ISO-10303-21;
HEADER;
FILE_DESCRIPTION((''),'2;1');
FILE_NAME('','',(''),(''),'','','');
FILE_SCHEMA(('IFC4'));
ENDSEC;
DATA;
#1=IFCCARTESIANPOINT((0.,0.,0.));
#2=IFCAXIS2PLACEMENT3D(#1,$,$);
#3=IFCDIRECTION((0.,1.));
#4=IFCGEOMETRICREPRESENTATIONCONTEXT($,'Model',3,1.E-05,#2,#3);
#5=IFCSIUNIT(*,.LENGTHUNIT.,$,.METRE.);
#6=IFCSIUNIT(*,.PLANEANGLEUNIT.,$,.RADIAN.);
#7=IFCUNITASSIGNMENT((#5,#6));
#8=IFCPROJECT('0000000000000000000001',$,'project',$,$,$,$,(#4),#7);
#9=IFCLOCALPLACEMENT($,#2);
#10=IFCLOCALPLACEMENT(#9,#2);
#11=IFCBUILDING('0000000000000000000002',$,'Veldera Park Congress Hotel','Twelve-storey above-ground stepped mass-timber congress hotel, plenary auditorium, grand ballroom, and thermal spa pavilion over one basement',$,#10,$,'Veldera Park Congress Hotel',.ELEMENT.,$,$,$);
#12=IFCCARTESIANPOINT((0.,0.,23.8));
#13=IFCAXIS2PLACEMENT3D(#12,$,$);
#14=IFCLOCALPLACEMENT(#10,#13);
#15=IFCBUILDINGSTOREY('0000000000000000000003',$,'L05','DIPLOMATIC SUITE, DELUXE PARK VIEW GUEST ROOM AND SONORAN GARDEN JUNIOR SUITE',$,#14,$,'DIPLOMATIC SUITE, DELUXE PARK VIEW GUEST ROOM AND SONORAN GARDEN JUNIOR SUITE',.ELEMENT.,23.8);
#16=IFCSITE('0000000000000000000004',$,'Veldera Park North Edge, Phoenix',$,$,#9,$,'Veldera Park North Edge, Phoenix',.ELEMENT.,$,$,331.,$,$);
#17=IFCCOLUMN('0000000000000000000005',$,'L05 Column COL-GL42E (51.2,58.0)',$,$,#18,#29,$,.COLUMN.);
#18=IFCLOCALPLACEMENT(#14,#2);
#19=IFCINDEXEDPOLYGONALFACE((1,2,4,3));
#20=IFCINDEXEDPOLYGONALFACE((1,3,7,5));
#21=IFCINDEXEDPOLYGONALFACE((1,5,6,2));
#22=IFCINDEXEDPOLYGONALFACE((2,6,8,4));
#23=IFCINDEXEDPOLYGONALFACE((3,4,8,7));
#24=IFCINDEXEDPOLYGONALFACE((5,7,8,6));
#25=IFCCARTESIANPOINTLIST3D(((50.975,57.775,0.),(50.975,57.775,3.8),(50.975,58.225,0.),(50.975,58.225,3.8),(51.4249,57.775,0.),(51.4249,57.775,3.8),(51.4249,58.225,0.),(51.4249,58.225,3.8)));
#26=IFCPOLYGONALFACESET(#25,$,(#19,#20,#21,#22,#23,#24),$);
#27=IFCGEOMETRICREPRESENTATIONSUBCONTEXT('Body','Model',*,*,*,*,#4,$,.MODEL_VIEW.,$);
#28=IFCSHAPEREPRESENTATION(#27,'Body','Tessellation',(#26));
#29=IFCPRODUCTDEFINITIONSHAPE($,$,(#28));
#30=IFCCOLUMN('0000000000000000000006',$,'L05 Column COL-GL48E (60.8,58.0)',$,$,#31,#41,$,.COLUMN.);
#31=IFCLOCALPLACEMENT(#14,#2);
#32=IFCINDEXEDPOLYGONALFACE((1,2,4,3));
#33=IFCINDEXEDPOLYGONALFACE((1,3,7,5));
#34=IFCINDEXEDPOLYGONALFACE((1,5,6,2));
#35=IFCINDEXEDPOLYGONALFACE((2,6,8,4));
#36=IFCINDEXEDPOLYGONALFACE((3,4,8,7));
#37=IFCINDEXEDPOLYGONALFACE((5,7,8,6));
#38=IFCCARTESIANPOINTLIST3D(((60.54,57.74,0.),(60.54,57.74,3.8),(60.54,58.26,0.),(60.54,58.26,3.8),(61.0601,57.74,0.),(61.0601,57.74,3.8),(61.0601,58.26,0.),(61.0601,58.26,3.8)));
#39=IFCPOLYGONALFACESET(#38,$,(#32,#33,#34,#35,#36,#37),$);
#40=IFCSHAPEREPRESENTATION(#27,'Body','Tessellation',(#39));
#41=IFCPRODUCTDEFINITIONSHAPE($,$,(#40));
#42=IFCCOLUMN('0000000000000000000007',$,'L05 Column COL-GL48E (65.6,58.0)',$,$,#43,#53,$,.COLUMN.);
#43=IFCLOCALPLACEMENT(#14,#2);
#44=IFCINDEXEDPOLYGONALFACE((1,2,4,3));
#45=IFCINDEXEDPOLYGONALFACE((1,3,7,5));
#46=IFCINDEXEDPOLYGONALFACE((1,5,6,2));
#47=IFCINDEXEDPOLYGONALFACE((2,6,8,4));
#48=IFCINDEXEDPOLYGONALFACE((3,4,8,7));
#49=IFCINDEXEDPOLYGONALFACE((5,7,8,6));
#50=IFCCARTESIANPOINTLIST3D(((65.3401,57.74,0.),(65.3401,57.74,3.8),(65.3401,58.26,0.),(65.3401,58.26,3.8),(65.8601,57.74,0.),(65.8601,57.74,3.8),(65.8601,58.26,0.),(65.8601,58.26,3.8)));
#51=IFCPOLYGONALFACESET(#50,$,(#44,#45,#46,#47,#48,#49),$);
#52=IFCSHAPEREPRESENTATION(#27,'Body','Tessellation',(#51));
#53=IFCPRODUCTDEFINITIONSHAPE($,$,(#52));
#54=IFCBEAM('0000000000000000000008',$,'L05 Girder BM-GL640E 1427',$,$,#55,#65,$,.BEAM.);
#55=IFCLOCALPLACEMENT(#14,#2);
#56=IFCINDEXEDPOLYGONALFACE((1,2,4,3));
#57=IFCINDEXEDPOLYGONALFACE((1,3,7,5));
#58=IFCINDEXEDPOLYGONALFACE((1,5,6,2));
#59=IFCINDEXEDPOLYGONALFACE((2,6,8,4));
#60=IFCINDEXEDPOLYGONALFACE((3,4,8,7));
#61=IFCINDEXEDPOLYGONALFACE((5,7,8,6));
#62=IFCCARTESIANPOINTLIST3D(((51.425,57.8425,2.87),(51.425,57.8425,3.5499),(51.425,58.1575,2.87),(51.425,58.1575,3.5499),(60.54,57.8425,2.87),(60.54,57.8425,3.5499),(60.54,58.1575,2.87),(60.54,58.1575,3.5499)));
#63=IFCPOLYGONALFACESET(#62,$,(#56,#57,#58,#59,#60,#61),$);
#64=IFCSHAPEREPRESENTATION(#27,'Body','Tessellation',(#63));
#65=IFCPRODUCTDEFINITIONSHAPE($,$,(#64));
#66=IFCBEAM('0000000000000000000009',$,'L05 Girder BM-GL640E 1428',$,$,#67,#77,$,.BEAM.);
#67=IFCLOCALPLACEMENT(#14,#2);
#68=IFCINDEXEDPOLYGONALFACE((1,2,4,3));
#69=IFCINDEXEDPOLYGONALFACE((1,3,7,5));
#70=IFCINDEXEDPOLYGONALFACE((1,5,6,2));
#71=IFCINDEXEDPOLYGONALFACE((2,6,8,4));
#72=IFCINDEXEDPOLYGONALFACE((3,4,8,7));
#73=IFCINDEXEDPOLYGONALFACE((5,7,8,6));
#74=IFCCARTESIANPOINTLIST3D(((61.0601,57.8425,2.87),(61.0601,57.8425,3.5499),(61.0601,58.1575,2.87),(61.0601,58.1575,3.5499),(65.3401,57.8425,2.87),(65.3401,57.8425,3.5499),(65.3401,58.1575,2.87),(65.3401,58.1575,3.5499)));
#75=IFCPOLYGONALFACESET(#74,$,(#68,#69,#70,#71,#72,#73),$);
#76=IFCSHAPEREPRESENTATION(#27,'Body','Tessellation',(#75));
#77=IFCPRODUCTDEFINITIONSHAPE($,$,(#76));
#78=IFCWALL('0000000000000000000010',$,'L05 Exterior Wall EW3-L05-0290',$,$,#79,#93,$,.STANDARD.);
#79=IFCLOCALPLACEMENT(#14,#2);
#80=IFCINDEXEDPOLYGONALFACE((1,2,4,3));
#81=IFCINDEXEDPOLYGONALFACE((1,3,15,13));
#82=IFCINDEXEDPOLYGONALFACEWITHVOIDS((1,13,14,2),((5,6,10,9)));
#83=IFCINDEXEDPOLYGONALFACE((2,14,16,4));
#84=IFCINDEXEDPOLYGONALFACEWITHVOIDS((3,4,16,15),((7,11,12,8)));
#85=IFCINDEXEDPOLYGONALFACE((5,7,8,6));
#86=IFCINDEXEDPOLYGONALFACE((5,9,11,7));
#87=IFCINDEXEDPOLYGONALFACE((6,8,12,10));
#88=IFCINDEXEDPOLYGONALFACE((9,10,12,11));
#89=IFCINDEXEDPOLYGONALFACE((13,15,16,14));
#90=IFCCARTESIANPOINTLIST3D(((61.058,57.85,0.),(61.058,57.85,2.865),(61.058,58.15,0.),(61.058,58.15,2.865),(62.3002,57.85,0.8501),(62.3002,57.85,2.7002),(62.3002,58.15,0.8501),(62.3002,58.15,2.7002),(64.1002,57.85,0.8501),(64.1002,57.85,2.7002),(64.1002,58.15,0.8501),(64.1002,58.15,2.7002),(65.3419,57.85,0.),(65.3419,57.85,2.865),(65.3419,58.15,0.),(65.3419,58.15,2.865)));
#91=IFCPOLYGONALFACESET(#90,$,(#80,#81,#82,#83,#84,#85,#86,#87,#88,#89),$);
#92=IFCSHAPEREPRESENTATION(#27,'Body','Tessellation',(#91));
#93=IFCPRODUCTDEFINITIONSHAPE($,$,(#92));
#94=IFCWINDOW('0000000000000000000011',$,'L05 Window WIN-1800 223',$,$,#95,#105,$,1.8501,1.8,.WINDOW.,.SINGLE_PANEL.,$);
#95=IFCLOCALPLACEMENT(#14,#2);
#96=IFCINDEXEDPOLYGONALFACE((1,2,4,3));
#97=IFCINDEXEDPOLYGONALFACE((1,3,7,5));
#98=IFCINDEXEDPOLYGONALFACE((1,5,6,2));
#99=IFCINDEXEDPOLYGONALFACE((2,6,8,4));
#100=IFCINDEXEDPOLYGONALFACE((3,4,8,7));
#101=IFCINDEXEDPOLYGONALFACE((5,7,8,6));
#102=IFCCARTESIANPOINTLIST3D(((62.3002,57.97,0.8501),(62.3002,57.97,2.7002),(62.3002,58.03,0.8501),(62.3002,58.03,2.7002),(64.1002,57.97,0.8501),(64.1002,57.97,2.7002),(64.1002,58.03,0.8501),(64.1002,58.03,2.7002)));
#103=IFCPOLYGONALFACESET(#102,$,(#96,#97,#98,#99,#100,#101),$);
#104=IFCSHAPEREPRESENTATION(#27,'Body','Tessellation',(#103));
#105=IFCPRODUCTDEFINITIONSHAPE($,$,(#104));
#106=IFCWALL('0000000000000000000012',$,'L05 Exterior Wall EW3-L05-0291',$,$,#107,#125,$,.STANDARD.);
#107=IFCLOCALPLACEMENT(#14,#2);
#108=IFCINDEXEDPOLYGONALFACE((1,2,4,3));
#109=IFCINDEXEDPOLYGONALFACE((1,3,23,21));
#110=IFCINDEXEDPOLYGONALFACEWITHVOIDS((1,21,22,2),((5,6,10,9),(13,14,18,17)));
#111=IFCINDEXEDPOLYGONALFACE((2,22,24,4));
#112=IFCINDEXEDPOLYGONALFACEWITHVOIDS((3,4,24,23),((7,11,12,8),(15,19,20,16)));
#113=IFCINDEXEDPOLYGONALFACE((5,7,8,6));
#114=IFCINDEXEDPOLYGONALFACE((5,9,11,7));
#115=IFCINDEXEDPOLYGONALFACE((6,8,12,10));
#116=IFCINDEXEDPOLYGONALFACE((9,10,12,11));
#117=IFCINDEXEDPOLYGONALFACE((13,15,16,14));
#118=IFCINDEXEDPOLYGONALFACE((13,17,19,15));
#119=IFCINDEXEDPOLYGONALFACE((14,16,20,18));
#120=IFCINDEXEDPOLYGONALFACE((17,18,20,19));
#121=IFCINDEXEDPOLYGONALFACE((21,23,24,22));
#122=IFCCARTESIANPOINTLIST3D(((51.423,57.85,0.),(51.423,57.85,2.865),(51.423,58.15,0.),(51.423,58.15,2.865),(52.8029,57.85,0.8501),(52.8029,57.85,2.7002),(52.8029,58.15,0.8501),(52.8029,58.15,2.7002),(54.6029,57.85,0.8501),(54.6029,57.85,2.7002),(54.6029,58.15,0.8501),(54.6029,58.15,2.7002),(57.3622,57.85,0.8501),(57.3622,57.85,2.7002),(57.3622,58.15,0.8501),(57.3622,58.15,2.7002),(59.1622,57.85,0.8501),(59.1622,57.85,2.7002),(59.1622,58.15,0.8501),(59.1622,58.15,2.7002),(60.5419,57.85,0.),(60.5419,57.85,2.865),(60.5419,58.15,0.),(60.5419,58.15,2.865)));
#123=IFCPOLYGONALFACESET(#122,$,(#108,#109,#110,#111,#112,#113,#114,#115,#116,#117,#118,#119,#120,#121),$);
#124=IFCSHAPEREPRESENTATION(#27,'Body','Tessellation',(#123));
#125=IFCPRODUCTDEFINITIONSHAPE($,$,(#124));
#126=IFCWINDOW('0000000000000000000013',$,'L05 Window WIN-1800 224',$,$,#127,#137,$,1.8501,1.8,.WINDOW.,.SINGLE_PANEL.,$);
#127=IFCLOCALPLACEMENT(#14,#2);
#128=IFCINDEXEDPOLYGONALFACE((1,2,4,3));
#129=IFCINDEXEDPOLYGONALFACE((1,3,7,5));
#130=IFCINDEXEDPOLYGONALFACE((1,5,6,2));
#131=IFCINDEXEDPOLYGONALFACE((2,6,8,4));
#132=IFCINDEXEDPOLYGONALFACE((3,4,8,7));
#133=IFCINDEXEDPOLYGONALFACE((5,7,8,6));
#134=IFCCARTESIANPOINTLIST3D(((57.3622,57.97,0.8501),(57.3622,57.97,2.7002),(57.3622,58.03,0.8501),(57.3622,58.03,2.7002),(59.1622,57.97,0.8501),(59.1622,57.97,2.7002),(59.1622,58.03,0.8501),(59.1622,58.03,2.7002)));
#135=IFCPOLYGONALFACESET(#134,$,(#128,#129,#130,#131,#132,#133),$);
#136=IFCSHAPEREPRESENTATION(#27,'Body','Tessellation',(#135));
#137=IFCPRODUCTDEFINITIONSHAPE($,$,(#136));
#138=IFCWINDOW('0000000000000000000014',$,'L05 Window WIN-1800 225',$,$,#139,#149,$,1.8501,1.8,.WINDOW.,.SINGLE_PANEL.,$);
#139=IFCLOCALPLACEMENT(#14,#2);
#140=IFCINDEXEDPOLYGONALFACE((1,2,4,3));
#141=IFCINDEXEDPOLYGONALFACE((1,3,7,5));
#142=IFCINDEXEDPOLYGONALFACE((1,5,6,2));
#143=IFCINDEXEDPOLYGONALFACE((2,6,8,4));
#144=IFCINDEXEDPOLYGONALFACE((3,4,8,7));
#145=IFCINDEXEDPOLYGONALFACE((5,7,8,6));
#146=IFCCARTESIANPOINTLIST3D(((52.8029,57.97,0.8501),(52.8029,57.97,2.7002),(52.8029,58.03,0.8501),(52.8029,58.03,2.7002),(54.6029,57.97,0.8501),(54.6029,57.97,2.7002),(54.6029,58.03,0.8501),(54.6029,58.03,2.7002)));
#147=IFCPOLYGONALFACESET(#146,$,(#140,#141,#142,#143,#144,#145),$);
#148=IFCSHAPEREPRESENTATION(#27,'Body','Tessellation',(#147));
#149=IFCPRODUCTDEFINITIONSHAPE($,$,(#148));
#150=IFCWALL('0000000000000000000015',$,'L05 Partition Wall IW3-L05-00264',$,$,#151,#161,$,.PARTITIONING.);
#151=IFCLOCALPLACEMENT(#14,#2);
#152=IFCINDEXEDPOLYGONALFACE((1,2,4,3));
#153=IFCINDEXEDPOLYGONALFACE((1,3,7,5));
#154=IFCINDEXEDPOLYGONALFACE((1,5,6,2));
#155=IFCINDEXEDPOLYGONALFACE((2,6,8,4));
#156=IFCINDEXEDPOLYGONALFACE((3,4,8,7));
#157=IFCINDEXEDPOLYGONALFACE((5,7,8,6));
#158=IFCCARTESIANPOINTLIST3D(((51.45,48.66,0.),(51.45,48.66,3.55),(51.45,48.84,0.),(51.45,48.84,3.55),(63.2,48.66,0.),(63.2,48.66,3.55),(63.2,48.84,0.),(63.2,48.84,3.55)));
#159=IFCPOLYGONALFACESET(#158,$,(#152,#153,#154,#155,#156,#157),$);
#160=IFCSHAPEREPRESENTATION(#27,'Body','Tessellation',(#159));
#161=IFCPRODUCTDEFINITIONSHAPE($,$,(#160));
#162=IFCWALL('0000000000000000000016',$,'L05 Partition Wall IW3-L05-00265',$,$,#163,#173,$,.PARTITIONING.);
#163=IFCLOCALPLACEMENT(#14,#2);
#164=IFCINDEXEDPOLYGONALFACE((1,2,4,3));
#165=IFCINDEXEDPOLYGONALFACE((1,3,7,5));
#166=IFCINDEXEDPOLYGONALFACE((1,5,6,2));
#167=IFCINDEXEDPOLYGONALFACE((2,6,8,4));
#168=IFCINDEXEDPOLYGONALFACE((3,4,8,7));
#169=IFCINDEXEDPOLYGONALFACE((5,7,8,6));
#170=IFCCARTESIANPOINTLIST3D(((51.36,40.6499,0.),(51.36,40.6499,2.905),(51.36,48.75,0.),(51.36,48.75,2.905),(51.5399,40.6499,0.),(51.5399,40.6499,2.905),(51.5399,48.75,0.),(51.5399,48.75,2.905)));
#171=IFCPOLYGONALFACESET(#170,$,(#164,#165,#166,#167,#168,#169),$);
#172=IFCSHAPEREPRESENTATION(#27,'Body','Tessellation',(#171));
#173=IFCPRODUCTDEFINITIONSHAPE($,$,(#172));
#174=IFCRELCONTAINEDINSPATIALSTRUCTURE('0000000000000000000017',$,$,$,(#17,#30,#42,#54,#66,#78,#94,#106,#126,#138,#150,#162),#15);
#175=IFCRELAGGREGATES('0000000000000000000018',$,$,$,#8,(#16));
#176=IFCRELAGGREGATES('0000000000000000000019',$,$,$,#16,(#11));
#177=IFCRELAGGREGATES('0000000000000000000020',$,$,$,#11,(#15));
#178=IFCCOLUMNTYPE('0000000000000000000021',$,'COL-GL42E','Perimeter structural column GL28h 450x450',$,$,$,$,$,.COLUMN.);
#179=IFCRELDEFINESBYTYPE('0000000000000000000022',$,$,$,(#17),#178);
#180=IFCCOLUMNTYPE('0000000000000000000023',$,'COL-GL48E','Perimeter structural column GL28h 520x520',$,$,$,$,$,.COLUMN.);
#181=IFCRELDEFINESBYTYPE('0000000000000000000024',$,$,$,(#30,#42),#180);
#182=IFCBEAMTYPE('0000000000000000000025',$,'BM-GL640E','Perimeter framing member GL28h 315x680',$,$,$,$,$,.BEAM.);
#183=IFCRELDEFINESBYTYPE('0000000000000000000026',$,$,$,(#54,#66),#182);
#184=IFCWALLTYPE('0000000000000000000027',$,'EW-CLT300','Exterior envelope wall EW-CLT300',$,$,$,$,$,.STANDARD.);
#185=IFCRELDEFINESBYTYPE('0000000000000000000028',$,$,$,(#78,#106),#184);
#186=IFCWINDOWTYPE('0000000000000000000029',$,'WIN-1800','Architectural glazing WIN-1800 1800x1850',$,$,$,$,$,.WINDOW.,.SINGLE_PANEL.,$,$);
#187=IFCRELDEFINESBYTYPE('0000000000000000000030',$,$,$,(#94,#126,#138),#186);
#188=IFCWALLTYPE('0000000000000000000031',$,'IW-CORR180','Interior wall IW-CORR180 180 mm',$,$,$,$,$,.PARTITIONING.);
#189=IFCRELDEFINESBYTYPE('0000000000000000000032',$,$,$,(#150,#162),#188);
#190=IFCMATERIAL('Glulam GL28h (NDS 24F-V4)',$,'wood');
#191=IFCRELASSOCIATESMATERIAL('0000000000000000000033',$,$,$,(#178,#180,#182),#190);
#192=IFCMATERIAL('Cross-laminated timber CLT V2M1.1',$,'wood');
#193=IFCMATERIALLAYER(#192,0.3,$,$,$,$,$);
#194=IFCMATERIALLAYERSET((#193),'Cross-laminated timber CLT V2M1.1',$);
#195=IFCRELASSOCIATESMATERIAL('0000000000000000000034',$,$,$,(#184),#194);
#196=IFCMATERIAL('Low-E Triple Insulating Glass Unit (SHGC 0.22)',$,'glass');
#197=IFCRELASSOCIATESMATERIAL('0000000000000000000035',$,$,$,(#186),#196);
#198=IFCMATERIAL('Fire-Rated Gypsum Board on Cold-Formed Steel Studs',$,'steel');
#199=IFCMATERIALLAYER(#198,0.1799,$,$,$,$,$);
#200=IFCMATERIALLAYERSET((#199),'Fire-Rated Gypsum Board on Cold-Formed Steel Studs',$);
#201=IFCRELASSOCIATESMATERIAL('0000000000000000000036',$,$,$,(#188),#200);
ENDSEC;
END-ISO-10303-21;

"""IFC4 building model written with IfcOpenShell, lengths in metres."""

from ifc_helpers import new_model, si_unit, direction, frame, frame_2d, origin, origin_2d, place, context, subcontext, project, spatial, rectangle, extrude, material, layer, layer_set, material_profile, profile_set, type_object, element, fill, save


model = new_model("IFC4")

# Units and contexts
model_context = context("Model", 3, precision=1e-05, world=origin(), true_north=direction((0.0, 1.0)))
body_context = subcontext(model_context, "Body", "Model", "MODEL_VIEW")
ifc_project = project(units=[si_unit("LENGTHUNIT", "METRE"), si_unit("PLANEANGLEUNIT", "RADIAN")], contexts=[model_context])

# Site, building, storey
site_placement = place(None, origin())
site = spatial("IfcSite", under=ifc_project, at=site_placement, Name="Veldera Park North Edge, Phoenix", LongName="Veldera Park North Edge, Phoenix", CompositionType="ELEMENT", RefElevation=331.0)
building_placement = place(site_placement, origin())
building = spatial("IfcBuilding", under=site, at=building_placement, Name="Veldera Park Congress Hotel", Description="Twelve-storey above-ground stepped mass-timber congress hotel, plenary auditorium, grand ballroom, and thermal spa pavilion over one basement", LongName="Veldera Park Congress Hotel", CompositionType="ELEMENT")
storey_placement = place(building_placement, frame((0.0, 0.0, 23.8)))
storey = spatial("IfcBuildingStorey", under=building, at=storey_placement, Name="L05", Description="DIPLOMATIC SUITE, DELUXE PARK VIEW GUEST ROOM AND SONORAN GARDEN JUNIOR SUITE", LongName="DIPLOMATIC SUITE, DELUXE PARK VIEW GUEST ROOM AND SONORAN GARDEN JUNIOR SUITE", CompositionType="ELEMENT", Elevation=23.8)

# Columns
ifc_material_1 = material(Name="Glulam GL28h (NDS 24F-V4)", Category="wood")
ifc_material_profile_1 = material_profile(ifc_material_1, rectangle(XDim=0.45, YDim=0.45, at=origin_2d()), Name="GL28h 450x450")
ifc_profile_set_1 = profile_set([ifc_material_profile_1], Name="Glulam GL28h (NDS 24F-V4)")
column_type_1 = type_object("IfcColumnType", Name="COL-GL42E", Description="Perimeter structural column GL28h 450x450", PredefinedType="COLUMN", material=ifc_profile_set_1)
column_placement = place(storey_placement, frame((51.2, 58.0, 0.0), z_axis=(0.0, 0.0, 1.0), x_axis=(1.0, 0.0, 0.0)))
element("IfcColumn", 1, at=column_placement, inside=storey, type_object=column_type_1, Name="L05 Column COL-GL42E (51.2,58.0)", PredefinedType="COLUMN", context=body_context, shape_type="SweptSolid", body=[
    extrude(rectangle(XDim=0.45, YDim=0.45, at=origin_2d()), origin(), (0.0, 0.0, 1.0), 3.8),
])
ifc_material_profile_2 = material_profile(ifc_material_1, rectangle(XDim=0.52, YDim=0.52, at=origin_2d()), Name="GL28h 520x520")
ifc_profile_set_2 = profile_set([ifc_material_profile_2], Name="Glulam GL28h (NDS 24F-V4)")
column_type_2 = type_object("IfcColumnType", Name="COL-GL48E", Description="Perimeter structural column GL28h 520x520", PredefinedType="COLUMN", material=ifc_profile_set_2)
for number, where, z_axis, x_axis, name in (
    (2, (60.8, 58.0, 0.0), (0.0, 0.0, 1.0), (1.0, 0.0, 0.0), "L05 Column COL-GL48E (60.8,58.0)"),
    (3, (65.6001, 58.0, 0.0), (0.0, 0.0, 1.0), (1.0, 0.0, 0.0), "L05 Column COL-GL48E (65.6,58.0)"),
):
    element("IfcColumn", number, at=place(storey_placement, frame(where, z_axis=z_axis, x_axis=x_axis)), inside=storey, type_object=column_type_2, Name=name, PredefinedType="COLUMN", context=body_context, shape_type="SweptSolid", body=[
        extrude(rectangle(XDim=0.52, YDim=0.52, at=origin_2d()), origin(), (0.0, 0.0, 1.0), 3.8),
    ])

# Beams
ifc_material_profile_3 = material_profile(ifc_material_1, rectangle(XDim=0.3149, YDim=0.6799, at=origin_2d()), Name="GL28h 315x680")
ifc_profile_set_3 = profile_set([ifc_material_profile_3], Name="Glulam GL28h (NDS 24F-V4)")
beam_type = type_object("IfcBeamType", Name="BM-GL640E", Description="Perimeter framing member GL28h 315x680", PredefinedType="BEAM", material=ifc_profile_set_3)
beam_1_placement = place(storey_placement, frame((51.425, 58.0, 3.21), z_axis=(1.0, 0.0, 0.0), x_axis=(0.0, 1.0, 0.0)))
element("IfcBeam", 4, at=beam_1_placement, inside=storey, type_object=beam_type, Name="L05 Girder BM-GL640E 1427", PredefinedType="BEAM", context=body_context, shape_type="SweptSolid", body=[
    extrude(rectangle(XDim=0.3149, YDim=0.6799, at=origin_2d()), origin(), (0.0, 0.0, 1.0), 9.115),
])
beam_2_placement = place(storey_placement, frame((61.0601, 58.0, 3.21), z_axis=(1.0, 0.0, 0.0), x_axis=(0.0, 1.0, 0.0)))
element("IfcBeam", 5, at=beam_2_placement, inside=storey, type_object=beam_type, Name="L05 Girder BM-GL640E 1428", PredefinedType="BEAM", context=body_context, shape_type="SweptSolid", body=[
    extrude(rectangle(XDim=0.3149, YDim=0.6799, at=origin_2d()), origin(), (0.0, 0.0, 1.0), 4.28),
])

# Wall, opening, window
ifc_material_2 = material(Name="Cross-laminated timber CLT V2M1.1", Category="wood")
ifc_layer_1 = layer(ifc_material_2, 0.3)
ifc_layer_set_1 = layer_set([ifc_layer_1], Name="Cross-laminated timber CLT V2M1.1")
wall_type_1 = type_object("IfcWallType", Name="EW-CLT300", Description="Exterior envelope wall EW-CLT300", PredefinedType="STANDARD", material=ifc_layer_set_1)
wall_1_placement = place(storey_placement, frame((65.342, 58.0, 0.0), z_axis=(0.0, 0.0, 1.0), x_axis=(-1.0, 0.0, 0.0)))
wall_1 = element("IfcWall", 6, at=wall_1_placement, inside=storey, type_object=wall_type_1, Name="L05 Exterior Wall EW3-L05-0290", PredefinedType="STANDARD", context=body_context, shape_type="SweptSolid", body=[
    extrude(rectangle(XDim=4.2839, YDim=0.3, at=frame_2d((2.1421, 0.0))), origin(), (0.0, 0.0, 1.0), 2.865),
])
opening_1_placement = place(wall_1_placement, frame((1.2419, 0.0, 0.8501)))
opening_1 = element("IfcOpeningElement", 7, at=opening_1_placement, cuts=wall_1, PredefinedType="OPENING", context=body_context, shape_type="SweptSolid", body=[
    extrude(rectangle(XDim=1.8, YDim=1.8501, at=frame_2d((0.8999, 0.925))), frame((0.0, 0.1621, 0.0), z_axis=(0.0, -1.0, 0.0), x_axis=(1.0, 0.0, 0.0)), (0.0, 0.0, 1.0), 0.324),
])
ifc_material_3 = material(Name="Low-E Triple Insulating Glass Unit (SHGC 0.22)", Category="glass")
window_type = type_object("IfcWindowType", Name="WIN-1800", Description="Architectural glazing WIN-1800 1800x1850", PartitioningType="SINGLE_PANEL", PredefinedType="WINDOW", material=ifc_material_3)
window_1_placement = place(opening_1_placement, origin())
window_1 = element("IfcWindow", 8, at=window_1_placement, inside=storey, type_object=window_type, Name="L05 Window WIN-1800 223", OverallHeight=1.8501, OverallWidth=1.8, PartitioningType="SINGLE_PANEL", PredefinedType="WINDOW", context=body_context, shape_type="SweptSolid", body=[
    extrude(rectangle(XDim=1.8, YDim=1.8501, at=frame_2d((0.8999, 0.925))), frame((0.0, 0.03, 0.0), z_axis=(0.0, -1.0, 0.0), x_axis=(1.0, 0.0, 0.0)), (0.0, 0.0, 1.0), 0.0601),
])
fill(opening_1, window_1)

# Wall, openings, windows
wall_2_placement = place(storey_placement, frame((60.542, 58.0, 0.0), z_axis=(0.0, 0.0, 1.0), x_axis=(-1.0, 0.0, 0.0)))
wall_2 = element("IfcWall", 9, at=wall_2_placement, inside=storey, type_object=wall_type_1, Name="L05 Exterior Wall EW3-L05-0291", PredefinedType="STANDARD", context=body_context, shape_type="SweptSolid", body=[
    extrude(rectangle(XDim=9.1189, YDim=0.3, at=frame_2d((4.5596, 0.0))), origin(), (0.0, 0.0, 1.0), 2.865),
])
opening_2_placement = place(wall_2_placement, frame((1.3799, 0.0, 0.8501)))
opening_2 = element("IfcOpeningElement", 10, at=opening_2_placement, cuts=wall_2, PredefinedType="OPENING", context=body_context, shape_type="SweptSolid", body=[
    extrude(rectangle(XDim=1.8, YDim=1.8501, at=frame_2d((0.8999, 0.925))), frame((0.0, 0.1621, 0.0), z_axis=(0.0, -1.0, 0.0), x_axis=(1.0, 0.0, 0.0)), (0.0, 0.0, 1.0), 0.324),
])
opening_3_placement = place(wall_2_placement, frame((5.9392, 0.0, 0.8501)))
opening_3 = element("IfcOpeningElement", 11, at=opening_3_placement, cuts=wall_2, PredefinedType="OPENING", context=body_context, shape_type="SweptSolid", body=[
    extrude(rectangle(XDim=1.8, YDim=1.8501, at=frame_2d((0.8999, 0.925))), frame((0.0, 0.1621, 0.0), z_axis=(0.0, -1.0, 0.0), x_axis=(1.0, 0.0, 0.0)), (0.0, 0.0, 1.0), 0.324),
])
window_2_placement = place(opening_2_placement, origin())
window_2 = element("IfcWindow", 12, at=window_2_placement, inside=storey, type_object=window_type, Name="L05 Window WIN-1800 224", OverallHeight=1.8501, OverallWidth=1.8, PartitioningType="SINGLE_PANEL", PredefinedType="WINDOW", context=body_context, shape_type="SweptSolid", body=[
    extrude(rectangle(XDim=1.8, YDim=1.8501, at=frame_2d((0.8999, 0.925))), frame((0.0, 0.03, 0.0), z_axis=(0.0, -1.0, 0.0), x_axis=(1.0, 0.0, 0.0)), (0.0, 0.0, 1.0), 0.0601),
])
fill(opening_2, window_2)
window_3_placement = place(opening_3_placement, origin())
window_3 = element("IfcWindow", 13, at=window_3_placement, inside=storey, type_object=window_type, Name="L05 Window WIN-1800 225", OverallHeight=1.8501, OverallWidth=1.8, PartitioningType="SINGLE_PANEL", PredefinedType="WINDOW", context=body_context, shape_type="SweptSolid", body=[
    extrude(rectangle(XDim=1.8, YDim=1.8501, at=frame_2d((0.8999, 0.925))), frame((0.0, 0.03, 0.0), z_axis=(0.0, -1.0, 0.0), x_axis=(1.0, 0.0, 0.0)), (0.0, 0.0, 1.0), 0.0601),
])
fill(opening_3, window_3)

# Walls
ifc_material_4 = material(Name="Fire-Rated Gypsum Board on Cold-Formed Steel Studs", Category="steel")
ifc_layer_2 = layer(ifc_material_4, 0.1799)
ifc_layer_set_2 = layer_set([ifc_layer_2], Name="Fire-Rated Gypsum Board on Cold-Formed Steel Studs")
wall_type_2 = type_object("IfcWallType", Name="IW-CORR180", Description="Interior wall IW-CORR180 180 mm", PredefinedType="PARTITIONING", material=ifc_layer_set_2)
wall_3_placement = place(storey_placement, frame((63.2, 48.75, 0.0), z_axis=(0.0, 0.0, 1.0), x_axis=(-1.0, 0.0, 0.0)))
element("IfcWall", 14, at=wall_3_placement, inside=storey, type_object=wall_type_2, Name="L05 Partition Wall IW3-L05-00264", PredefinedType="PARTITIONING", context=body_context, shape_type="SweptSolid", body=[
    extrude(rectangle(XDim=11.75, YDim=0.1799, at=frame_2d((5.875, 0.0))), origin(), (0.0, 0.0, 1.0), 3.55),
])
wall_4_placement = place(storey_placement, frame((51.45, 48.75, 0.0), z_axis=(0.0, 0.0, 1.0), x_axis=(0.0, -1.0, 0.0)))
element("IfcWall", 15, at=wall_4_placement, inside=storey, type_object=wall_type_2, Name="L05 Partition Wall IW3-L05-00265", PredefinedType="PARTITIONING", context=body_context, shape_type="SweptSolid", body=[
    extrude(rectangle(XDim=8.1001, YDim=0.1799, at=frame_2d((4.05, 0.0))), origin(), (0.0, 0.0, 1.0), 2.905),
])

save(model, "model.ifc")
